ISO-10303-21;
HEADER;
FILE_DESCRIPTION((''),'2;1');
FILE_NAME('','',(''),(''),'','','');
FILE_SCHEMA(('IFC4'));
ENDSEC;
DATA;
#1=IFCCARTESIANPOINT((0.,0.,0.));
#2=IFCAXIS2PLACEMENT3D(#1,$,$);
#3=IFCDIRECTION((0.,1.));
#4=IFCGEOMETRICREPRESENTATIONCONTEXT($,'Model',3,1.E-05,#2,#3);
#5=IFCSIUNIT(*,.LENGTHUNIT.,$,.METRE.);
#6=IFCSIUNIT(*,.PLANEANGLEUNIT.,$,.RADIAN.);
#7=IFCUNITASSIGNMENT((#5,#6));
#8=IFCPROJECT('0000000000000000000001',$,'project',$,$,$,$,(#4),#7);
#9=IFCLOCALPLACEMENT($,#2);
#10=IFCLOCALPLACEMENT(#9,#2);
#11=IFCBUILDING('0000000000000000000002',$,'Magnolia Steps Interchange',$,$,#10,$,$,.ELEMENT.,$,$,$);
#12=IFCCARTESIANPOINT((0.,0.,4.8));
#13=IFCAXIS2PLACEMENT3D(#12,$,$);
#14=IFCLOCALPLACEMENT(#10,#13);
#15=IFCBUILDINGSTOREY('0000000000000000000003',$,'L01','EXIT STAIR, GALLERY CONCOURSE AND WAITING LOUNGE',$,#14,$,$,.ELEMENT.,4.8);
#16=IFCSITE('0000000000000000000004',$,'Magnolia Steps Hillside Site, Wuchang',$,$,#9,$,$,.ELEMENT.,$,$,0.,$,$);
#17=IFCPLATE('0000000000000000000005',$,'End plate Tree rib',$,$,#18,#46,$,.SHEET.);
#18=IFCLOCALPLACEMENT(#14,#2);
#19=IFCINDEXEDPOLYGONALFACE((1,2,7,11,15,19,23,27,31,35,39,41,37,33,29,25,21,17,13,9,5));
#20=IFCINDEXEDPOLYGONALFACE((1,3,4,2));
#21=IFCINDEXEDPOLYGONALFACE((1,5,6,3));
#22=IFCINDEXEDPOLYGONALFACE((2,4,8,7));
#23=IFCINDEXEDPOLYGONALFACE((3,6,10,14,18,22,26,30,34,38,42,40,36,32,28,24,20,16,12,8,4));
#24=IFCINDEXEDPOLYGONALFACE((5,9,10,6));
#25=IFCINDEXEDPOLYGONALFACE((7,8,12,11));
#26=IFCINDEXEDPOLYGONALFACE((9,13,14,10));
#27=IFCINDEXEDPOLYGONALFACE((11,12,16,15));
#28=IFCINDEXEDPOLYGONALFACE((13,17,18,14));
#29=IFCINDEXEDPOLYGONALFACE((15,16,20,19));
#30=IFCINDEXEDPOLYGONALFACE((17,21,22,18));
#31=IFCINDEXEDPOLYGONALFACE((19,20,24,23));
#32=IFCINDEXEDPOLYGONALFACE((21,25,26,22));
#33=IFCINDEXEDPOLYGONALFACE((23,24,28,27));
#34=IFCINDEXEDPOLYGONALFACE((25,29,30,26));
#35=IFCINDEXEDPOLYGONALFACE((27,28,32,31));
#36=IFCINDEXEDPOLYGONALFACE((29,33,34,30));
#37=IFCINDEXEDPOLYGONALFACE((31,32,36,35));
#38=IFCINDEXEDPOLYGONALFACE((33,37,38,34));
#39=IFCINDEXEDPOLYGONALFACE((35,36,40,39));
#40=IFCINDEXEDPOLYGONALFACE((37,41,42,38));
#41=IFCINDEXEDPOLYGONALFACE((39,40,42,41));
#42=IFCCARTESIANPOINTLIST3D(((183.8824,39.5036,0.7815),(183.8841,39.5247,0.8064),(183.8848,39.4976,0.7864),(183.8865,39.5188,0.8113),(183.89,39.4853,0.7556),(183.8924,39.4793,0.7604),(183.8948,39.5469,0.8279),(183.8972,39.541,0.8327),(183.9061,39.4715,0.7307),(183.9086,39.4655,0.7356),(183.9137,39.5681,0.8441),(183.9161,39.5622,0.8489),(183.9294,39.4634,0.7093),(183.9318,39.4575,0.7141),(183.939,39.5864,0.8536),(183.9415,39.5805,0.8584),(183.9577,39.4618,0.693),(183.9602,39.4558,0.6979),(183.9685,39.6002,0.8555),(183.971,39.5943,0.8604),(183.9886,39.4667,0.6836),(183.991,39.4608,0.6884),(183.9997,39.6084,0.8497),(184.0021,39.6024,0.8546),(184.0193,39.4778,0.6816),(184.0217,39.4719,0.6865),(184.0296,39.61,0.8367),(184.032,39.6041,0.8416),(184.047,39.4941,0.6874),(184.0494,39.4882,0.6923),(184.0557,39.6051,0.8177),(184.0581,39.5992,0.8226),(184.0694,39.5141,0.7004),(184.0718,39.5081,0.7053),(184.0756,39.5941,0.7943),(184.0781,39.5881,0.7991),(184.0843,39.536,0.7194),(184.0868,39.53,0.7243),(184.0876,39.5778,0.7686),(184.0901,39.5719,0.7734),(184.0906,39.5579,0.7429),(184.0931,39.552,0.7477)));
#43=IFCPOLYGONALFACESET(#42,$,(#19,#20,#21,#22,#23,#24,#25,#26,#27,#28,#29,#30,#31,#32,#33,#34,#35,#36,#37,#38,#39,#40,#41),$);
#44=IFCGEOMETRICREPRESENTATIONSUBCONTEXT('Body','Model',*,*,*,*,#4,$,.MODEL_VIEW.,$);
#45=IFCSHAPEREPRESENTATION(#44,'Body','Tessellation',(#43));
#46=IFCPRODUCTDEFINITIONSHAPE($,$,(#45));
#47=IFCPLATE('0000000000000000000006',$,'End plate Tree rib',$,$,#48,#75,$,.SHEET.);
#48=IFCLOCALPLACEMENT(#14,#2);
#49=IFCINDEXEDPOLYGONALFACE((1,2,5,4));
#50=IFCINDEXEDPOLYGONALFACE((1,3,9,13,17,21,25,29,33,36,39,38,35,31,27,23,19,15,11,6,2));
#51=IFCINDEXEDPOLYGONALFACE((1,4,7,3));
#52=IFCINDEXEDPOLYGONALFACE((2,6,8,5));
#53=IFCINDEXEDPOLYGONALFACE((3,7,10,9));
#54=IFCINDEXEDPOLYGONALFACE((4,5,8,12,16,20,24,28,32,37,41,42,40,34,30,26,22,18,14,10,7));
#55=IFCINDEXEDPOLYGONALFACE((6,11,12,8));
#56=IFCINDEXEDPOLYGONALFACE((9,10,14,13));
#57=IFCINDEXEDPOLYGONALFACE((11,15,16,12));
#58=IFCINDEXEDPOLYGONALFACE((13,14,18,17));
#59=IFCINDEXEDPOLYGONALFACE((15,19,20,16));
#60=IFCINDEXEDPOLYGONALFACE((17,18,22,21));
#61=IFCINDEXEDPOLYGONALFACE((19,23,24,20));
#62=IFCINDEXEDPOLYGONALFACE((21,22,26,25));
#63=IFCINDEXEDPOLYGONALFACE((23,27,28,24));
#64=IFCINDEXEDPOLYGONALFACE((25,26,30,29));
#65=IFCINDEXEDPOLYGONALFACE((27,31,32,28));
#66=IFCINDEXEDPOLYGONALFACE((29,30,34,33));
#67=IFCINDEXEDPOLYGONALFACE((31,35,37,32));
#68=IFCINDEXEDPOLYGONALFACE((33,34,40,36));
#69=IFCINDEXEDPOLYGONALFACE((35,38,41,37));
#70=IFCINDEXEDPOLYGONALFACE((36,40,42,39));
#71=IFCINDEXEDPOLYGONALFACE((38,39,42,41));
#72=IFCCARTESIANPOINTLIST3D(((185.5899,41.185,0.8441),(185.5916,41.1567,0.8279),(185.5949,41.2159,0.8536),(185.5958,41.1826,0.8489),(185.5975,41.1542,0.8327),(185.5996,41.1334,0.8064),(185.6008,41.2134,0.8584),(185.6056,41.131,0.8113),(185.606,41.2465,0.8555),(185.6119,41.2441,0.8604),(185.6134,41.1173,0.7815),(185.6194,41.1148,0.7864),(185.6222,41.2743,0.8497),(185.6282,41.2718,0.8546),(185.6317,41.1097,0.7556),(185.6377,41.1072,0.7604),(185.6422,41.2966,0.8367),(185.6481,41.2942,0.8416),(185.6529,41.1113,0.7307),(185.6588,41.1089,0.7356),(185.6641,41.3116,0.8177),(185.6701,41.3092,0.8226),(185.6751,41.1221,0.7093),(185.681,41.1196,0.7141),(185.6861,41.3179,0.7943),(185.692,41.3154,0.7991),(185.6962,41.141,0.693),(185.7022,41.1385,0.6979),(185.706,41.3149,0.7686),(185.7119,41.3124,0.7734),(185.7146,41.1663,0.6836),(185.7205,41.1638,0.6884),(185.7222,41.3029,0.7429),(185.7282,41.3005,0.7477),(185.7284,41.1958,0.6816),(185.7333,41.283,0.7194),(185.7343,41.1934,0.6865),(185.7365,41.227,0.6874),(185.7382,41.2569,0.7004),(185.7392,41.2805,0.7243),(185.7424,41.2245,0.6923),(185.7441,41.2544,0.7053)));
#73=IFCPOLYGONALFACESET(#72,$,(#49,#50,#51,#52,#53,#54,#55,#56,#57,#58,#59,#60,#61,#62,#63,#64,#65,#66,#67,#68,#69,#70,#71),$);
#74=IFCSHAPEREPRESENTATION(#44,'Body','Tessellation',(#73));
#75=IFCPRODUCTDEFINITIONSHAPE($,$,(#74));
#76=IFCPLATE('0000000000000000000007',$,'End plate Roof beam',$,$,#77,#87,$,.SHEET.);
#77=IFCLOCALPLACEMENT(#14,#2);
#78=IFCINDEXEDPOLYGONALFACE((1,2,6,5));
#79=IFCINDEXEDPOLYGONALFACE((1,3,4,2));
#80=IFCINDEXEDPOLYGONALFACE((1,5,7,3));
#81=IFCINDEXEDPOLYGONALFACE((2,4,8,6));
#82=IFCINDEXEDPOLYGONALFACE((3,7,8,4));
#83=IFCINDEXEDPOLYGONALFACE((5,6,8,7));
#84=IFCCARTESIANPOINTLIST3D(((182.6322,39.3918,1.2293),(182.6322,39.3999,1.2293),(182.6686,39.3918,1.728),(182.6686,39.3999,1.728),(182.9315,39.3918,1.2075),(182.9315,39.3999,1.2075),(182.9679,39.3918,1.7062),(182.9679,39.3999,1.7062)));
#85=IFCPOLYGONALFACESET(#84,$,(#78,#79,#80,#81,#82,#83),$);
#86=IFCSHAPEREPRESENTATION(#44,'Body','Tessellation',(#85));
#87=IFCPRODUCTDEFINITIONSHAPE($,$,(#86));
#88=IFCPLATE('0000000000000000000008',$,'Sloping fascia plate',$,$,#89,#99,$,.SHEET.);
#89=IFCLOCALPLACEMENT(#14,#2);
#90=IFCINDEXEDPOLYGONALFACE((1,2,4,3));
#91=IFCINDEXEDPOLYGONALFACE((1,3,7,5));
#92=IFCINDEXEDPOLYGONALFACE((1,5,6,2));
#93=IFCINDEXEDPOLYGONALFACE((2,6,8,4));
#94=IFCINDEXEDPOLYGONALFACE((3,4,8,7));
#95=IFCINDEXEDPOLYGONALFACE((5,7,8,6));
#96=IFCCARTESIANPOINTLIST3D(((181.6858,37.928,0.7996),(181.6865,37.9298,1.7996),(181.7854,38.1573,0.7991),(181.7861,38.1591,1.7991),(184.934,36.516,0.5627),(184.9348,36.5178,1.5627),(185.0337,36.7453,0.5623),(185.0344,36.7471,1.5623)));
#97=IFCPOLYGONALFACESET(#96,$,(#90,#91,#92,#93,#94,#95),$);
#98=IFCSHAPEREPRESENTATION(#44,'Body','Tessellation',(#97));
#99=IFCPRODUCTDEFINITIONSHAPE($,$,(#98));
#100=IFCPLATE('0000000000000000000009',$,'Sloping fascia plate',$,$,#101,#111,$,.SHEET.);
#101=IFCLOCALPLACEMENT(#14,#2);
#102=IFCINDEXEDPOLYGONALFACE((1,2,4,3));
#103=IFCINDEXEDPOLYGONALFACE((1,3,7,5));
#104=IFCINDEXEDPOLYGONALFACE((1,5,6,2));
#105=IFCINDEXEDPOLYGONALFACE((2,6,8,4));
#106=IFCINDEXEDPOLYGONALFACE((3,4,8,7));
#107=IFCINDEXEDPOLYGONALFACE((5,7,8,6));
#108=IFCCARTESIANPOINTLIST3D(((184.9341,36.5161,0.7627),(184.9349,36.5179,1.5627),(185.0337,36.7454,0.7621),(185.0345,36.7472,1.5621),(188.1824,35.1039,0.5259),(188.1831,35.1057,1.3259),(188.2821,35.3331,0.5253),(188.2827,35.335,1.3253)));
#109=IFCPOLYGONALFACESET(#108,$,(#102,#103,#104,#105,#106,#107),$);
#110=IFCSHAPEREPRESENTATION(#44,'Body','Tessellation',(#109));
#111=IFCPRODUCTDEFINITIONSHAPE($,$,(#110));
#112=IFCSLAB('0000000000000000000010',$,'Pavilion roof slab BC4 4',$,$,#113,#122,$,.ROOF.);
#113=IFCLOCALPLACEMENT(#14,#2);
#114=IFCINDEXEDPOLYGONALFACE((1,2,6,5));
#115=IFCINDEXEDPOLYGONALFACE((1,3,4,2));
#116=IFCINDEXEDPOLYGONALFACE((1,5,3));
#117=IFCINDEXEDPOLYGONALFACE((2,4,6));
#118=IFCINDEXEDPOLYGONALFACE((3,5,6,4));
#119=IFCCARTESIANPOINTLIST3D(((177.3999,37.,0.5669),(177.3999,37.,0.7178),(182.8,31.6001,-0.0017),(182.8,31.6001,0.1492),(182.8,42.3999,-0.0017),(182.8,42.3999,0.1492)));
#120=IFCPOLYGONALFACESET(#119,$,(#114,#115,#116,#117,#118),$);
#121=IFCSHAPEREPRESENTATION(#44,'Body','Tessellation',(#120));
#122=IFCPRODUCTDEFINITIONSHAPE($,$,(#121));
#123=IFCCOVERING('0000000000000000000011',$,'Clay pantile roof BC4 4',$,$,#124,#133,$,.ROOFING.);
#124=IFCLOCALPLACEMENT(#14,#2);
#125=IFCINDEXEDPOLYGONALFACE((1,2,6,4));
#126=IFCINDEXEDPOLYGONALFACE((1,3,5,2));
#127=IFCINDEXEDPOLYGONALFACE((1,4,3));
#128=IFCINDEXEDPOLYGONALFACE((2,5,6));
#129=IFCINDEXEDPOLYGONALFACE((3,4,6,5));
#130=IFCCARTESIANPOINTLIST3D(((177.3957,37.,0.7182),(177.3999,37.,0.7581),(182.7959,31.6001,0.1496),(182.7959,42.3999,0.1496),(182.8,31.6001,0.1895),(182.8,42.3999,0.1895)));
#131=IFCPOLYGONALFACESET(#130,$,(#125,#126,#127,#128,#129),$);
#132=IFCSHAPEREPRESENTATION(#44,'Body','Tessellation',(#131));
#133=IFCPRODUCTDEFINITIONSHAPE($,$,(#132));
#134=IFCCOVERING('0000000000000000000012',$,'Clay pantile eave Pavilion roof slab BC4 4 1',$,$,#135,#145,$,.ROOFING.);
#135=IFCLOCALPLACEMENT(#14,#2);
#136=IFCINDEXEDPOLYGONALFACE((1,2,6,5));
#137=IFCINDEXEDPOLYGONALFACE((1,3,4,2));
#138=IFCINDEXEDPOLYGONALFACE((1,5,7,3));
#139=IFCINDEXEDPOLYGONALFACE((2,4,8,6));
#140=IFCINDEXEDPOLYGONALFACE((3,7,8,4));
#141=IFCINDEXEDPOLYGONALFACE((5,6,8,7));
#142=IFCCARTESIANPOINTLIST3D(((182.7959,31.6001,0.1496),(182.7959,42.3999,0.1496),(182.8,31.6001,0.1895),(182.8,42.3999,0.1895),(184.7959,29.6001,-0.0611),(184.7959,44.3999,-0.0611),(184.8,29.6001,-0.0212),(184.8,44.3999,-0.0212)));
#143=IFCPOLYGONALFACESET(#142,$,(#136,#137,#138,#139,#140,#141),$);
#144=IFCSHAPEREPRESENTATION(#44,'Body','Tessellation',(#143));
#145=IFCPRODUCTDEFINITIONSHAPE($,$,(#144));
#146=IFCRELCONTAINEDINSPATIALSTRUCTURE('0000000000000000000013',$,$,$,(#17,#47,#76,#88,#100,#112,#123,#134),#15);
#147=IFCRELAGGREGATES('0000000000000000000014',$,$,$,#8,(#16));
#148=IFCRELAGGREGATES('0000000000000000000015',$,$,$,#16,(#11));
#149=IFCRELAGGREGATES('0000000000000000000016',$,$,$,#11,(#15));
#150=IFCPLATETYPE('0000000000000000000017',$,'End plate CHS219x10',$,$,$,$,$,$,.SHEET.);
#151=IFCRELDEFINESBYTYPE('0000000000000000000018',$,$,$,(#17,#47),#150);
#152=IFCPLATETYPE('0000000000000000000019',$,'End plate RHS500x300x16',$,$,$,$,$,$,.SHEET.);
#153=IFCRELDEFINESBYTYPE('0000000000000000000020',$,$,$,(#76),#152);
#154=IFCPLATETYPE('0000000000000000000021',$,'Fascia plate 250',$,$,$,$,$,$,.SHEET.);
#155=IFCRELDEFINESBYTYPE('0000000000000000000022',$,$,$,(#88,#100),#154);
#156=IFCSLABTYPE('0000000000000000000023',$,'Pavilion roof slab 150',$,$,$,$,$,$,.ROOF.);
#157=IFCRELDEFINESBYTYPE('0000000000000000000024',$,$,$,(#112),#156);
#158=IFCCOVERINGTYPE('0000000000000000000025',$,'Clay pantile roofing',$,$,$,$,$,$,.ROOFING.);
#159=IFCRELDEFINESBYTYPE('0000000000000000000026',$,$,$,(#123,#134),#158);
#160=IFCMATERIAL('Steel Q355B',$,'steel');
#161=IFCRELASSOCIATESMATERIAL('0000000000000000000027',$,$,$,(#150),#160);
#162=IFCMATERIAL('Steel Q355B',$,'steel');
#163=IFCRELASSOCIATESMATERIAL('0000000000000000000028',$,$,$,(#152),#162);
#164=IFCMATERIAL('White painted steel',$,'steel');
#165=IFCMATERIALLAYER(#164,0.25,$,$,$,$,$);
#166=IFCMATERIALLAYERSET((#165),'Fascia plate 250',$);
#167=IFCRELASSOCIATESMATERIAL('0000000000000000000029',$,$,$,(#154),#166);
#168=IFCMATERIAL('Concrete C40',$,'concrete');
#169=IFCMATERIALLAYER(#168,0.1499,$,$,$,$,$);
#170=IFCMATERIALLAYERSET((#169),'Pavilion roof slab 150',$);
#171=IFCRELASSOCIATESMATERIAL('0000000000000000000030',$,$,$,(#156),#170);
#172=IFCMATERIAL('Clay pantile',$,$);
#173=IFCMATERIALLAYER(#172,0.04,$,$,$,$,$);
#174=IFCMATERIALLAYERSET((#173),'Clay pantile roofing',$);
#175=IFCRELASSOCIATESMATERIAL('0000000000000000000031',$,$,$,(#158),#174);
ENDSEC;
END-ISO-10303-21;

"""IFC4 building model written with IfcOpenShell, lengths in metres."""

from ifc_helpers import new_model, si_unit, direction, frame, origin, origin_2d, place, context, subcontext, project, spatial, polyline, rectangle, circle, outline, extrude, material, layer, layer_set, material_profile, profile_set, type_object, element, save


model = new_model("IFC4")

# Units and contexts
model_context = context("Model", 3, precision=1e-05, world=origin(), true_north=direction((0.0, 1.0)))
body_context = subcontext(model_context, "Body", "Model", "MODEL_VIEW")
ifc_project = project(units=[si_unit("LENGTHUNIT", "METRE"), si_unit("PLANEANGLEUNIT", "RADIAN")], contexts=[model_context])

# Site, building, storey
site_placement = place(None, origin())
site = spatial("IfcSite", under=ifc_project, at=site_placement, Name="Magnolia Steps Hillside Site, Wuchang", CompositionType="ELEMENT", RefElevation=0.0)
building_placement = place(site_placement, origin())
building = spatial("IfcBuilding", under=site, at=building_placement, Name="Magnolia Steps Interchange", CompositionType="ELEMENT")
storey_placement = place(building_placement, frame((0.0, 0.0, 4.8)))
storey = spatial("IfcBuildingStorey", under=building, at=storey_placement, Name="L01", Description="EXIT STAIR, GALLERY CONCOURSE AND WAITING LOUNGE", CompositionType="ELEMENT", Elevation=4.8)

# Plates
ifc_material_1 = material(Name="Steel Q355B", Category="steel")
ifc_material_profile_1 = material_profile(ifc_material_1, circle(Radius=0.1096, at=origin_2d()), Name="End plate CHS219x10")
ifc_profile_set_1 = profile_set([ifc_material_profile_1], Name="Steel Q355B")
plate_type_1 = type_object("IfcPlateType", Name="End plate CHS219x10", PredefinedType="SHEET", material=ifc_profile_set_1)
for number, where, z_axis, x_axis, name in (
    (1, (183.9863, 39.5359, 0.7686), (0.304377, -0.734831, 0.606117), (0.92388, 0.382683, 0.0), "End plate Tree rib"),
    (2, (185.6641, 41.2136, 0.7686), (0.734831, -0.304377, 0.606117), (0.382683, 0.92388, 0.0), "End plate Tree rib"),
):
    element("IfcPlate", number, at=place(storey_placement, frame(where, z_axis=z_axis, x_axis=x_axis)), inside=storey, type_object=plate_type_1, Name=name, PredefinedType="SHEET", context=body_context, shape_type="SweptSolid", body=[
        extrude(circle(Radius=0.1096, at=origin_2d()), origin(), (0.0, 0.0, 1.0), 0.0081),
    ])
ifc_material_2 = material(Name="Steel Q355B", Category="steel")
ifc_material_profile_2 = material_profile(ifc_material_2, rectangle(XDim=0.3, YDim=0.5, at=origin_2d()), Name="End plate RHS500x300x16")
ifc_profile_set_2 = profile_set([ifc_material_profile_2], Name="Steel Q355B")
plate_type_2 = type_object("IfcPlateType", Name="End plate RHS500x300x16", PredefinedType="SHEET", material=ifc_profile_set_2)
plate_1_placement = place(storey_placement, frame((182.8, 39.3999, 1.4678), z_axis=(0.0, -1.0, 0.0), x_axis=(0.997352, 0.0, -0.072724)))
element("IfcPlate", 3, at=plate_1_placement, inside=storey, type_object=plate_type_2, Name="End plate Roof beam", PredefinedType="SHEET", context=body_context, shape_type="SweptSolid", body=[
    extrude(rectangle(XDim=0.3, YDim=0.5, at=origin_2d()), origin(), (0.0, 0.0, 1.0), 0.0081),
])
ifc_material_3 = material(Name="White painted steel", Category="steel")
ifc_layer_1 = layer(ifc_material_3, 0.25)
ifc_layer_set_1 = layer_set([ifc_layer_1], Name="Fascia plate 250")
plate_type_3 = type_object("IfcPlateType", Name="Fascia plate 250", PredefinedType="SHEET", material=ifc_layer_set_1)
plate_2_placement = place(storey_placement, frame((181.6858, 37.928, 0.7996), z_axis=(-0.39853, -0.917153, 0.001971), x_axis=(0.915059, -0.397764, -0.066713)))
element("IfcPlate", 4, at=plate_2_placement, inside=storey, type_object=plate_type_3, Name="Sloping fascia plate", PredefinedType="SHEET", context=body_context, shape_type="SweptSolid", body=[
    extrude(outline(polyline([(0.0, 0.0), (3.5498, 0.0), (3.483, 0.9978), (-0.0668, 0.9978), (0.0, 0.0)])), origin(), (0.0, 0.0, -1.0), 0.25),
])
plate_3_placement = place(storey_placement, frame((184.9341, 36.5161, 0.7627), z_axis=(-0.398557, -0.91714, 0.002464), x_axis=(0.915034, -0.397822, -0.06671)))
element("IfcPlate", 5, at=plate_3_placement, inside=storey, type_object=plate_type_3, Name="Sloping fascia plate", PredefinedType="SHEET", context=body_context, shape_type="SweptSolid", body=[
    extrude(outline(polyline([(0.0, 0.0), (3.55, 0.0), (3.4965, 0.7983), (-0.0534, 0.7983), (0.0, 0.0)])), origin(), (0.0, 0.0, -1.0), 0.25),
])

# Slab
ifc_material_4 = material(Name="Concrete C40", Category="concrete")
ifc_layer_2 = layer(ifc_material_4, 0.1499)
ifc_layer_set_2 = layer_set([ifc_layer_2], Name="Pavilion roof slab 150")
slab_type_1 = type_object("IfcSlabType", Name="Pavilion roof slab 150", PredefinedType="ROOF", material=ifc_layer_set_2)
slab_1_placement = place(storey_placement, frame((182.8, 31.6001, 0.1492), z_axis=(0.104715, 0.0, 0.994502), x_axis=(0.0, 1.0, 0.0)))
element("IfcSlab", 6, at=slab_1_placement, inside=storey, type_object=slab_type_1, Name="Pavilion roof slab BC4 4", PredefinedType="ROOF", context=body_context, shape_type="SweptSolid", body=[
    extrude(outline(polyline([(0.0, 0.0), (10.7998, 0.0), (5.3999, 5.43), (0.0, 0.0)])), origin(), (0.0, -0.104715, -0.994502), 0.1509),
])

# Coverings
ifc_material_5 = material(Name="Clay pantile")
ifc_layer_3 = layer(ifc_material_5, 0.04)
ifc_layer_set_3 = layer_set([ifc_layer_3], Name="Clay pantile roofing")
covering_type = type_object("IfcCoveringType", Name="Clay pantile roofing", PredefinedType="ROOFING", material=ifc_layer_set_3)
covering_1_placement = place(storey_placement, frame((182.8, 31.6001, 0.1895), z_axis=(0.104715, 0.0, 0.994502), x_axis=(0.0, 1.0, 0.0)))
element("IfcCovering", 7, at=covering_1_placement, inside=storey, type_object=covering_type, Name="Clay pantile roof BC4 4", PredefinedType="ROOFING", context=body_context, shape_type="SweptSolid", body=[
    extrude(outline(polyline([(0.0, 0.0), (10.7998, 0.0), (5.3999, 5.43), (0.0, 0.0)])), origin(), (0.0, 0.0, -1.0), 0.04),
])
covering_2_placement = place(storey_placement, frame((182.8, 31.6001, 0.1895), z_axis=(0.104767, 0.0, 0.994497), x_axis=(0.0, 1.0, 0.0)))
element("IfcCovering", 8, at=covering_2_placement, inside=storey, type_object=covering_type, Name="Clay pantile eave Pavilion roof slab BC4 4 1", PredefinedType="ROOFING", context=body_context, shape_type="SweptSolid", body=[
    extrude(outline(polyline([(0.0, 0.0), (10.7998, 0.0), (12.7998, -2.0111), (-2.0, -2.0111), (0.0, 0.0)])), origin(), (0.0, 0.0, -1.0), 0.04),
])

save(model, "model.ifc")
